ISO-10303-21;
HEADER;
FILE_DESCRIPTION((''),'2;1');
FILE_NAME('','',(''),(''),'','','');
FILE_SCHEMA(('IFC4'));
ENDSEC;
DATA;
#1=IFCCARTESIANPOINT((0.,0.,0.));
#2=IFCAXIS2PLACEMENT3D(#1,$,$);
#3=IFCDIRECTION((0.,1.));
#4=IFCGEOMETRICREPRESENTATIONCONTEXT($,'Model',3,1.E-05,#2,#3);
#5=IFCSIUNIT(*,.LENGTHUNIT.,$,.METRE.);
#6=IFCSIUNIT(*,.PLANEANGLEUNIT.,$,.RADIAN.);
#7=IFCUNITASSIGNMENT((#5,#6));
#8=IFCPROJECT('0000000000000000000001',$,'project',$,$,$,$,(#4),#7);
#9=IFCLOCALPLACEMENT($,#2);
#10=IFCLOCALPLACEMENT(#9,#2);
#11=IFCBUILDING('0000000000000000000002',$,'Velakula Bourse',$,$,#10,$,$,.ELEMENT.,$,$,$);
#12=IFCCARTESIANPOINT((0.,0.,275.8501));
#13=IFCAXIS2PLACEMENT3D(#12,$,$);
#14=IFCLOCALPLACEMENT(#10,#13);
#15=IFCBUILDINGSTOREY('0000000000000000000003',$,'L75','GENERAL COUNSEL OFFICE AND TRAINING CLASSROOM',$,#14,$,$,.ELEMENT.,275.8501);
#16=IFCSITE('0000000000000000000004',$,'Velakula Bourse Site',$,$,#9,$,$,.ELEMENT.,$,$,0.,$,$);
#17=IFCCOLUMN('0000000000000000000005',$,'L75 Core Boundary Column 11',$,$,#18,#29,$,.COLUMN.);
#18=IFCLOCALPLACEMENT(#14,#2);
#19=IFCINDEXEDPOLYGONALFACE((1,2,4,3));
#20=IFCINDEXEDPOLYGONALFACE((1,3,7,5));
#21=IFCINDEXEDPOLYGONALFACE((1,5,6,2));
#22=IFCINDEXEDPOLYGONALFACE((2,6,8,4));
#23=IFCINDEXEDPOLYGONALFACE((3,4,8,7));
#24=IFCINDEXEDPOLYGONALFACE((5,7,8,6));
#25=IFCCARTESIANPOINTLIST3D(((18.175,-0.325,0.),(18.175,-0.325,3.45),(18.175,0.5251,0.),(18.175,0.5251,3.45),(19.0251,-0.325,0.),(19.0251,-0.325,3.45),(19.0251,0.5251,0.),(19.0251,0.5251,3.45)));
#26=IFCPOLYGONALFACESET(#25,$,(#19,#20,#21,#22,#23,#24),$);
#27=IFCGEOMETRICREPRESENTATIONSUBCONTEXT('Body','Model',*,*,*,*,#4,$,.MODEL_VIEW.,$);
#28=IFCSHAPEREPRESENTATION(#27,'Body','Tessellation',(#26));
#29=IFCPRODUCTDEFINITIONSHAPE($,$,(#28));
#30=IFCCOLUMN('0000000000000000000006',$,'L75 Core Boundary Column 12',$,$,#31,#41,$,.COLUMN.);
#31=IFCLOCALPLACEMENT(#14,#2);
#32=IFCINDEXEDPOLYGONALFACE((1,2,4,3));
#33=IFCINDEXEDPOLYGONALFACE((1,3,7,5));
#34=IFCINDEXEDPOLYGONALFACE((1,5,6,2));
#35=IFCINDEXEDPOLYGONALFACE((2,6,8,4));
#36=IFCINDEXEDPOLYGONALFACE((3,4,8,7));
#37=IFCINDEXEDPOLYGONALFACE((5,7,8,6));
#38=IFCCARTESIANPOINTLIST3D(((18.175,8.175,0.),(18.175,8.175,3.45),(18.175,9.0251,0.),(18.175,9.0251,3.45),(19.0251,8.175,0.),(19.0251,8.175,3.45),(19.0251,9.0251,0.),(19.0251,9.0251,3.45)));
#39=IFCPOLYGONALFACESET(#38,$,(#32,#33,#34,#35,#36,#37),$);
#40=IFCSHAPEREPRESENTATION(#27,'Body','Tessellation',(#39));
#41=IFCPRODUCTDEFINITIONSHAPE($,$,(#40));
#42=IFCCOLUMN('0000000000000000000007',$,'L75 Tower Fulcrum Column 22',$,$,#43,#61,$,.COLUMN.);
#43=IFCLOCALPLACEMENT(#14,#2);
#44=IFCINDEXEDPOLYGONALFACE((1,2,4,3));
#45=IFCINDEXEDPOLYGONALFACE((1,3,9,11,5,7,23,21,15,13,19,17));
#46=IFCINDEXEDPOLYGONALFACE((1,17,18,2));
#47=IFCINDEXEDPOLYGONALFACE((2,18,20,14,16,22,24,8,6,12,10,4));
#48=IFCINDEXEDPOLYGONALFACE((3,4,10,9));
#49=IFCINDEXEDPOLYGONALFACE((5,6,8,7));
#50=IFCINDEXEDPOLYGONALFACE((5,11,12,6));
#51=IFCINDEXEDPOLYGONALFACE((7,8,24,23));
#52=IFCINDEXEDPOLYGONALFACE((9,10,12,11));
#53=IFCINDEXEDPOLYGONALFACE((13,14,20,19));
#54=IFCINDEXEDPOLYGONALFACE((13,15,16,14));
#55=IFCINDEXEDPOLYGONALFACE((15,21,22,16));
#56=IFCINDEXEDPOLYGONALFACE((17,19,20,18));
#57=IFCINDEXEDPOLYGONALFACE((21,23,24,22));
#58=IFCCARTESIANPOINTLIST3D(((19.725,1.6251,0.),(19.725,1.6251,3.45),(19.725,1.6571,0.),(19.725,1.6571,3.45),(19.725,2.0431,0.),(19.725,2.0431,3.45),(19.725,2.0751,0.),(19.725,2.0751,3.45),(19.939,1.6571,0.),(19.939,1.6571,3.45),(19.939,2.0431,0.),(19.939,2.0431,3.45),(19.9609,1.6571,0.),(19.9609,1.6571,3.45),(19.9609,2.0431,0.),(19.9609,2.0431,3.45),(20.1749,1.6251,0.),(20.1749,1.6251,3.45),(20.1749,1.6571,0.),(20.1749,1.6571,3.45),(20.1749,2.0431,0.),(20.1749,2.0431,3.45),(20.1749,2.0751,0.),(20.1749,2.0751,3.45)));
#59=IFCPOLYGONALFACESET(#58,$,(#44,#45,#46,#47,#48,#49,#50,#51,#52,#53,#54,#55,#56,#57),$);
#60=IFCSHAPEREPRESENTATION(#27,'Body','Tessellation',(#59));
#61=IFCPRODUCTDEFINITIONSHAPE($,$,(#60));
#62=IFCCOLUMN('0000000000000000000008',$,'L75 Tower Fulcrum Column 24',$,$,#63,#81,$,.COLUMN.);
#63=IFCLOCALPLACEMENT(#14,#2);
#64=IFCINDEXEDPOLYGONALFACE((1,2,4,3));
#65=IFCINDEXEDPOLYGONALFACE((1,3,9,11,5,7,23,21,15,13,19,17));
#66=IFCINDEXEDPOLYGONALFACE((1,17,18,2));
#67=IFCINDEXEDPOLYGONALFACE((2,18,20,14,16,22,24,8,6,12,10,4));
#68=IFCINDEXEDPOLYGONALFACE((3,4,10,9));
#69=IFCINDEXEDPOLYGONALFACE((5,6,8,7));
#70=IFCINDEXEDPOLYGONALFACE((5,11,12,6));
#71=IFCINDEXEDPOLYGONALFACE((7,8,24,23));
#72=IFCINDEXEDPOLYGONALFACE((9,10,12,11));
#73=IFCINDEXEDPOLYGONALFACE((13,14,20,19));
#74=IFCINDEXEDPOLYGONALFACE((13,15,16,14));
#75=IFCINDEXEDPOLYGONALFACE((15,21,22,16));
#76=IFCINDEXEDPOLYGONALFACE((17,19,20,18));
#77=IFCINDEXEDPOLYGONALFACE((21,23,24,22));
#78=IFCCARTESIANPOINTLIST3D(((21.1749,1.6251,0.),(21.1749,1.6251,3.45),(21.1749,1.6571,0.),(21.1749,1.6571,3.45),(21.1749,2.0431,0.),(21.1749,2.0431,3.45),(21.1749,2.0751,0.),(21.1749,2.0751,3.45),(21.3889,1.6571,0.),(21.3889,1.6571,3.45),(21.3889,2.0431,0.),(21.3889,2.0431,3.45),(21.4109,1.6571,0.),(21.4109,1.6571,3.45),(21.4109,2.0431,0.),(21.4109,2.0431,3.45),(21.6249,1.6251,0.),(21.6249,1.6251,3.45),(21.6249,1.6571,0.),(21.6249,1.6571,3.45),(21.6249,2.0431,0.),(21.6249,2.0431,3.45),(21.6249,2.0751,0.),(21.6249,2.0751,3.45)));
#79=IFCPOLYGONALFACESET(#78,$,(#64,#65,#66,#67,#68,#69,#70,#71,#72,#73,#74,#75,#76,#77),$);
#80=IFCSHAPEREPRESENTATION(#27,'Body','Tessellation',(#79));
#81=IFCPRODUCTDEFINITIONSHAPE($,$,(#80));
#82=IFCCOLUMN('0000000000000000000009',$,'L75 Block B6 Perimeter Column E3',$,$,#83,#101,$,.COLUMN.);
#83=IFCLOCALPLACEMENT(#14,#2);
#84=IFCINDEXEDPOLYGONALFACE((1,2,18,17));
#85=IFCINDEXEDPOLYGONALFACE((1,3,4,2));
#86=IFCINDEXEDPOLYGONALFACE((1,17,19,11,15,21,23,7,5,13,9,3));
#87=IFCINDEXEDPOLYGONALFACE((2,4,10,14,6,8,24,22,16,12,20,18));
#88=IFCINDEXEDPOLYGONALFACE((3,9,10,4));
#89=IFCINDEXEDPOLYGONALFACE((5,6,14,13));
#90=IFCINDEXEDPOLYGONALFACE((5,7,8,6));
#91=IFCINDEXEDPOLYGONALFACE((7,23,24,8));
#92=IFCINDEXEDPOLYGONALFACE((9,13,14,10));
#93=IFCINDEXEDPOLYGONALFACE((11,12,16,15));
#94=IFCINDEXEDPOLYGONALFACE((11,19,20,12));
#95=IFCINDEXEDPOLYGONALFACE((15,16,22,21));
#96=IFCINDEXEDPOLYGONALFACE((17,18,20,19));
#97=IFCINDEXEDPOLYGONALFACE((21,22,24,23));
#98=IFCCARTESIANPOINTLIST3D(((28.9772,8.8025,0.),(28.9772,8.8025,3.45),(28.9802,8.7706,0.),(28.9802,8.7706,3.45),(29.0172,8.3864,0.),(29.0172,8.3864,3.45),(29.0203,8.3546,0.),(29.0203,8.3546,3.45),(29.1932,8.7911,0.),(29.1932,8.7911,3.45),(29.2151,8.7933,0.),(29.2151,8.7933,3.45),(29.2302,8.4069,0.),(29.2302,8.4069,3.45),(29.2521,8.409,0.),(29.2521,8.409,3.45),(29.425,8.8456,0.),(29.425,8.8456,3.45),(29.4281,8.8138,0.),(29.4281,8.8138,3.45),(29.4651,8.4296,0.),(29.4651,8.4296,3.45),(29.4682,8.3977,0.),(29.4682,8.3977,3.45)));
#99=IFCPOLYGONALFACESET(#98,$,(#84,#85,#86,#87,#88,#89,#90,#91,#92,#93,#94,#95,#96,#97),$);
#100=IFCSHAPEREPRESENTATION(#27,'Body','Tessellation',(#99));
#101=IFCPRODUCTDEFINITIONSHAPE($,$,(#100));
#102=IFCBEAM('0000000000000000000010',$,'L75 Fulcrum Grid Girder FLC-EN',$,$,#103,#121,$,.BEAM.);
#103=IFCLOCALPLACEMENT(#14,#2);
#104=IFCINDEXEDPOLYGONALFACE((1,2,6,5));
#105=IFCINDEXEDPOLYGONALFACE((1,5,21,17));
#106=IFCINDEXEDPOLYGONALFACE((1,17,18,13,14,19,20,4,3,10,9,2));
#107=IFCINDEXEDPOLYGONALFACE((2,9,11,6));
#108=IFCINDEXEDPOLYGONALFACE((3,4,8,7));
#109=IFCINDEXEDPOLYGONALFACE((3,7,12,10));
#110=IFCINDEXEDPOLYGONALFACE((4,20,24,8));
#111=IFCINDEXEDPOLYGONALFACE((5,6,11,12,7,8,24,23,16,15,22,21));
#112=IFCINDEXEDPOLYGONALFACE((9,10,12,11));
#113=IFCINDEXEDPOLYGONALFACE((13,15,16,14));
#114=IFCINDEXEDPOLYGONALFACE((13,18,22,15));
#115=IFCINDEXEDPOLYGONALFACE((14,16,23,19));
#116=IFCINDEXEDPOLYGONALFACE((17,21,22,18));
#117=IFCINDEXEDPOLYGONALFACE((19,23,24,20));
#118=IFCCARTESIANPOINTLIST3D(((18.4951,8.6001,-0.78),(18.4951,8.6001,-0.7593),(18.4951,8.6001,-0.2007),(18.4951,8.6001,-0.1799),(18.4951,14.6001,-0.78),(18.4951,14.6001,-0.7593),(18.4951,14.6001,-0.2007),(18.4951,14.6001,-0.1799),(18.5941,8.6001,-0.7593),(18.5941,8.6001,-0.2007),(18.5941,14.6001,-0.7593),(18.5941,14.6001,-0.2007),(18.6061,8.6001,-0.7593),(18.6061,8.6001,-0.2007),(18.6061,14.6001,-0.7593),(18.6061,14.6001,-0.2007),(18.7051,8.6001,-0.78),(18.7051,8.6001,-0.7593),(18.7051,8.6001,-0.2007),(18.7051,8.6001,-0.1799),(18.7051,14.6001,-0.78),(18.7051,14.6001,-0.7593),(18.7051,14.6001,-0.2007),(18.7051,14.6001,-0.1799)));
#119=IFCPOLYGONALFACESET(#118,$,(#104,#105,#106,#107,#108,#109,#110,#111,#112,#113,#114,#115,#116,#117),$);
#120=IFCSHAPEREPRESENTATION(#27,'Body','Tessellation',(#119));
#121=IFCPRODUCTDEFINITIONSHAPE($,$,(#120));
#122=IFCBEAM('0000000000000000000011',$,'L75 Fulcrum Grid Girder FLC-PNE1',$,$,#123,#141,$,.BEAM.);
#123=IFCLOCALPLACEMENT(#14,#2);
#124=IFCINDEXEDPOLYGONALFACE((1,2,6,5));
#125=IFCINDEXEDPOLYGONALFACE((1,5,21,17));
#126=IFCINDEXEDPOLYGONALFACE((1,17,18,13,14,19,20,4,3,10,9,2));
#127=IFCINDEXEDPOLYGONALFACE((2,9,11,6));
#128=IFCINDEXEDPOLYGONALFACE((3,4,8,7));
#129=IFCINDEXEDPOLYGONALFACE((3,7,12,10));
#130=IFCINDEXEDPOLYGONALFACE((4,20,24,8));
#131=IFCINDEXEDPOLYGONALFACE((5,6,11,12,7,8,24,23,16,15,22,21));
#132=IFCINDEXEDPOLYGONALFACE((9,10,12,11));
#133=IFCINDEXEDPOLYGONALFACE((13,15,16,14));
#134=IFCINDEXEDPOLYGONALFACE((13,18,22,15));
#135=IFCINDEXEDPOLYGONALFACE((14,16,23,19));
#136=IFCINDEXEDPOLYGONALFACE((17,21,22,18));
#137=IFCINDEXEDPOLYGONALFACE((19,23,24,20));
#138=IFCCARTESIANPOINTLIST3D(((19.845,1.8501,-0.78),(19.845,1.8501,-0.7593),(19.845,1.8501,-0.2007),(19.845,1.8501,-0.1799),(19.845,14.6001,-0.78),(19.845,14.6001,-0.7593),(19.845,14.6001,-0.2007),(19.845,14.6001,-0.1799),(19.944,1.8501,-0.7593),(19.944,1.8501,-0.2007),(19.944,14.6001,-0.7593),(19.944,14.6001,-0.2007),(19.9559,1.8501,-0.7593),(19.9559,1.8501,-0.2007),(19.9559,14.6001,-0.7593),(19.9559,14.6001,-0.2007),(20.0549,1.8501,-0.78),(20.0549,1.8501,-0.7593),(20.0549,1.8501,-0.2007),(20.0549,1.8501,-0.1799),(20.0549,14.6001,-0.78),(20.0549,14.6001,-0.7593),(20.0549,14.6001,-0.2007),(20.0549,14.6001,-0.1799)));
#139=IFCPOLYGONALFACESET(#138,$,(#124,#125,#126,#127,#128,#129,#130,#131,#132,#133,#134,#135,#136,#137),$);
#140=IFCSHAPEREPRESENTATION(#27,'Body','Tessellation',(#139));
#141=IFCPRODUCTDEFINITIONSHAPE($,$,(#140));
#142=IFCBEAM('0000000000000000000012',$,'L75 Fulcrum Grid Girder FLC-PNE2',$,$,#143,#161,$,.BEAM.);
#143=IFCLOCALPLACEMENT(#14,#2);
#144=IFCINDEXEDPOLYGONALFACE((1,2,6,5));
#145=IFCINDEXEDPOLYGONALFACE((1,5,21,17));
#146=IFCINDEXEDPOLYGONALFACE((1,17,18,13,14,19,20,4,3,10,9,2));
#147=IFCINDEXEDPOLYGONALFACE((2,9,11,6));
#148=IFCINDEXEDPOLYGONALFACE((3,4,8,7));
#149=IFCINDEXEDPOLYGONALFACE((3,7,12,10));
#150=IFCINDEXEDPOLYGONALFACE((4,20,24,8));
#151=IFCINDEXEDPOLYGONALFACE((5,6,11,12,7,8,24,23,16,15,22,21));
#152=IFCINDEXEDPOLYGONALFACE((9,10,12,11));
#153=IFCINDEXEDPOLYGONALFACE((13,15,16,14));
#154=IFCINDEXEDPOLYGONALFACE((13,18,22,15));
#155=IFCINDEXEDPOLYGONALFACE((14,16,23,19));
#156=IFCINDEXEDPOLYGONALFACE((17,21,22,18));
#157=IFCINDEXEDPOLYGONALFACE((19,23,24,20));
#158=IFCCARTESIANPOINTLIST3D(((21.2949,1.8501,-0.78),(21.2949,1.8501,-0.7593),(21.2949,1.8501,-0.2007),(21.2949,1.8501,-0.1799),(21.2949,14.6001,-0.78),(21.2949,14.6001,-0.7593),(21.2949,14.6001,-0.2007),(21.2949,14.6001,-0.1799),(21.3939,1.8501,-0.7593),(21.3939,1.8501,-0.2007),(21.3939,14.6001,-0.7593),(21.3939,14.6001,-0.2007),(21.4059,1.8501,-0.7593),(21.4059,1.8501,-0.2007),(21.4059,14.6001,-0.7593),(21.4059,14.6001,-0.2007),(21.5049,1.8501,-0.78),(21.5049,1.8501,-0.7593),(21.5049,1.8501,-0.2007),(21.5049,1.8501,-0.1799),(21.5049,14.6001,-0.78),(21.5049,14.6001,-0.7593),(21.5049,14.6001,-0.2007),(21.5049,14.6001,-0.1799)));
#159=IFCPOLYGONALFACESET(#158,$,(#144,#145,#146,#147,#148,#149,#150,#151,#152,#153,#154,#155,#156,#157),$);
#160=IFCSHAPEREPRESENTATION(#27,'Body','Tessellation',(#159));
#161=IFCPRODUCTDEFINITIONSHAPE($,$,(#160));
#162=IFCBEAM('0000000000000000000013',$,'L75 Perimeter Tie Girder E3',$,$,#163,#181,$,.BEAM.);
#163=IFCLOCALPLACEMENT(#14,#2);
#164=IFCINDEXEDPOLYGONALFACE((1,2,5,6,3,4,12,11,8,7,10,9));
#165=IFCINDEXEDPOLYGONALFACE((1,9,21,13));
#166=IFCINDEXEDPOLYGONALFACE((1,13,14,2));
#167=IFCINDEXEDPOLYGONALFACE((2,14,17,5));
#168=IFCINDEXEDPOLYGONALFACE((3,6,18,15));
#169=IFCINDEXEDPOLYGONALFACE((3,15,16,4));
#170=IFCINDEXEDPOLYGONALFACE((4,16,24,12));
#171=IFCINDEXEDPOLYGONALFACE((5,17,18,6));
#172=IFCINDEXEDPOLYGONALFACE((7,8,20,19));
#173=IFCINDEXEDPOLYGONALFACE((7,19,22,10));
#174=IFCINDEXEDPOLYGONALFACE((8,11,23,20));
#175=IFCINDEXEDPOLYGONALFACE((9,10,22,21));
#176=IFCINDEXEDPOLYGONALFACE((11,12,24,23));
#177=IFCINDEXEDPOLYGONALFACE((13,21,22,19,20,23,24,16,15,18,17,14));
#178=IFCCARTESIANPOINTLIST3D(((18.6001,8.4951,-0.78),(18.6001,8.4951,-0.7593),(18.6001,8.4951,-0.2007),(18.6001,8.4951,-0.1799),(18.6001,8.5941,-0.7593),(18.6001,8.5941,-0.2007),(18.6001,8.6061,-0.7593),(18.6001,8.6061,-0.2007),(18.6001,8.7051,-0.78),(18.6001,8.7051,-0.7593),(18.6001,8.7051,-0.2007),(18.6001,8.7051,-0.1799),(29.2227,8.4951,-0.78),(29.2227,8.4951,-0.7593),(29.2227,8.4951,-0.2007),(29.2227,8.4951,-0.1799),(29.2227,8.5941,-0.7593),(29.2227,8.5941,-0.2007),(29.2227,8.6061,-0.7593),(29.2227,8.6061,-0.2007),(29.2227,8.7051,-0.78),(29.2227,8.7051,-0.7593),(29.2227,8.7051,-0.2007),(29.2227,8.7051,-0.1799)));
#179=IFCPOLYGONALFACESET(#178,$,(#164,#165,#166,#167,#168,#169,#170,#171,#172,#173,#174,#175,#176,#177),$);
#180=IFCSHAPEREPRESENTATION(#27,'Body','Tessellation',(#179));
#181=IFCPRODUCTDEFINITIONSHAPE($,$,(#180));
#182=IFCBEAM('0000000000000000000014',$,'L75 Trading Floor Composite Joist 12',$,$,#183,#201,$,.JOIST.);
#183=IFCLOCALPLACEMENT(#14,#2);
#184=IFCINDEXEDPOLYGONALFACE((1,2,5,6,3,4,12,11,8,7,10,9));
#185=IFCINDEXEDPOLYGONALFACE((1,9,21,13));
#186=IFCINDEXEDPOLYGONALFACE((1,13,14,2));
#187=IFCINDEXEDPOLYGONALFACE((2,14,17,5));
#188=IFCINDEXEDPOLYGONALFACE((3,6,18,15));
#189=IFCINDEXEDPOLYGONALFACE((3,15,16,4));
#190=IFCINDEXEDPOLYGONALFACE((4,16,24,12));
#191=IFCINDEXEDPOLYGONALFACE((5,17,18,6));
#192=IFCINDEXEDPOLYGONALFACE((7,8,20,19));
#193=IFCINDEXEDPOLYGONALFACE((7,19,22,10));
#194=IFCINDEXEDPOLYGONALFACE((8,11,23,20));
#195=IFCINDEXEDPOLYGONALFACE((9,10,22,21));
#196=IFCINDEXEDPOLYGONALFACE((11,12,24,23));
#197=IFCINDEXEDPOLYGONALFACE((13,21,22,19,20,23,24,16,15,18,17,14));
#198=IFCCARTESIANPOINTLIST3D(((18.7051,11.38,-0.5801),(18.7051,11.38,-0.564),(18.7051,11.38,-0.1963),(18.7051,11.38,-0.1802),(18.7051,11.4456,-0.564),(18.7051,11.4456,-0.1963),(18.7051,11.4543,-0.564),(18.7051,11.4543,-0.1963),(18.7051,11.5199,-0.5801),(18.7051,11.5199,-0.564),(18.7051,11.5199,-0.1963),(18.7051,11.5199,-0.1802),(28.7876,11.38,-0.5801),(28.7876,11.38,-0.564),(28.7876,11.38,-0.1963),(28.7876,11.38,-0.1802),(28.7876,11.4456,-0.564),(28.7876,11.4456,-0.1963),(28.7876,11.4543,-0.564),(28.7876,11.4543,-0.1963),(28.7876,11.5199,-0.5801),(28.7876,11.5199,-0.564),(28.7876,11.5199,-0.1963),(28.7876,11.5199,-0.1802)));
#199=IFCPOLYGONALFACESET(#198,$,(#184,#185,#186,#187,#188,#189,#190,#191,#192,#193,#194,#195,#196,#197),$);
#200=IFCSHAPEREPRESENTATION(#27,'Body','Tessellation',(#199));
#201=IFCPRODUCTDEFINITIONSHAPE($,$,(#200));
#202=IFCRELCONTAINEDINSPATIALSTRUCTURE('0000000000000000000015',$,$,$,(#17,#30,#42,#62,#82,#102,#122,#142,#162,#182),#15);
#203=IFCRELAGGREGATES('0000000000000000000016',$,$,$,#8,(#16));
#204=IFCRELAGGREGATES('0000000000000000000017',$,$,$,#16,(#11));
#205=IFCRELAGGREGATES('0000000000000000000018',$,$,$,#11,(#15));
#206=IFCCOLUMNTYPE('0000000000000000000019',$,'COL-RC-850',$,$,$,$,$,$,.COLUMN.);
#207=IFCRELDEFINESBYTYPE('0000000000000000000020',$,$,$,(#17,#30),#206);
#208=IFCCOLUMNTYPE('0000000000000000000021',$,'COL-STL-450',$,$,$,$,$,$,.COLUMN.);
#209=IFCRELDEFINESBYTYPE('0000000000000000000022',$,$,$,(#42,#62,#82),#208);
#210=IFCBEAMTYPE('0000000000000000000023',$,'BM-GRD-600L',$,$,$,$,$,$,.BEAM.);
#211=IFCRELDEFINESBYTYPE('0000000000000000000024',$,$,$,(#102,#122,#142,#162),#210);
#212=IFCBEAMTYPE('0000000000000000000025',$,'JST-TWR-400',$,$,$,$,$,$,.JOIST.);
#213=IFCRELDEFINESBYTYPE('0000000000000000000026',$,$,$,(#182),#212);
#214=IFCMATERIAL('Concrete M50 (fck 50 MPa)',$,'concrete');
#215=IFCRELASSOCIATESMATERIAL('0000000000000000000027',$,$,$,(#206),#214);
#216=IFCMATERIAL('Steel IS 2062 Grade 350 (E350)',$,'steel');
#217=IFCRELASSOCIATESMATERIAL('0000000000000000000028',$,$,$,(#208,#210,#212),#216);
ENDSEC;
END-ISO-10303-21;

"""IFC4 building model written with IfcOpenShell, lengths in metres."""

from ifc_helpers import new_model, si_unit, direction, frame, origin, origin_2d, place, context, subcontext, project, spatial, rectangle, i_section, extrude, material, material_profile, profile_set, type_object, element, save


model = new_model("IFC4")

# Units and contexts
model_context = context("Model", 3, precision=1e-05, world=origin(), true_north=direction((0.0, 1.0)))
body_context = subcontext(model_context, "Body", "Model", "MODEL_VIEW")
ifc_project = project(units=[si_unit("LENGTHUNIT", "METRE"), si_unit("PLANEANGLEUNIT", "RADIAN")], contexts=[model_context])

# Site, building, storey
site_placement = place(None, origin())
site = spatial("IfcSite", under=ifc_project, at=site_placement, Name="Velakula Bourse Site", CompositionType="ELEMENT", RefElevation=0.0)
building_placement = place(site_placement, origin())
building = spatial("IfcBuilding", under=site, at=building_placement, Name="Velakula Bourse", CompositionType="ELEMENT")
storey_placement = place(building_placement, frame((0.0, 0.0, 275.8501)))
storey = spatial("IfcBuildingStorey", under=building, at=storey_placement, Name="L75", Description="GENERAL COUNSEL OFFICE AND TRAINING CLASSROOM", CompositionType="ELEMENT", Elevation=275.8501)

# Columns
ifc_material_1 = material(Name="Concrete M50 (fck 50 MPa)", Category="concrete")
ifc_material_profile_1 = material_profile(ifc_material_1, rectangle(XDim=0.8501, YDim=0.8501, at=origin_2d()), Name="Concrete M50 (fck 50 MPa)")
ifc_profile_set_1 = profile_set([ifc_material_profile_1], Name="Concrete M50 (fck 50 MPa)")
column_type_1 = type_object("IfcColumnType", Name="COL-RC-850", PredefinedType="COLUMN", material=ifc_profile_set_1)
for number, where, z_axis, x_axis, name in (
    (1, (18.6001, 0.1001, 0.0), (0.0, 0.0, 1.0), (1.0, 0.0, 0.0), "L75 Core Boundary Column 11"),
    (2, (18.6001, 8.6001, 0.0), (0.0, 0.0, 1.0), (1.0, 0.0, 0.0), "L75 Core Boundary Column 12"),
):
    element("IfcColumn", number, at=place(storey_placement, frame(where, z_axis=z_axis, x_axis=x_axis)), inside=storey, type_object=column_type_1, Name=name, PredefinedType="COLUMN", context=body_context, shape_type="SweptSolid", body=[
        extrude(rectangle(XDim=0.8501, YDim=0.8501, at=origin_2d()), origin(), (0.0, 0.0, 1.0), 3.45),
    ])
ifc_material_2 = material(Name="Steel IS 2062 Grade 350 (E350)", Category="steel")
ifc_material_profile_2 = material_profile(ifc_material_2, i_section(OverallWidth=0.45, OverallDepth=0.45, WebThickness=0.022, FlangeThickness=0.032, at=origin_2d()), Name="Steel IS 2062 Grade 350 (E350)")
ifc_profile_set_2 = profile_set([ifc_material_profile_2], Name="Steel IS 2062 Grade 350 (E350)")
column_type_2 = type_object("IfcColumnType", Name="COL-STL-450", PredefinedType="COLUMN", material=ifc_profile_set_2)
for number, where, z_axis, x_axis, name in (
    (3, (19.95, 1.8501, 0.0), (0.0, 0.0, 1.0), (1.0, 0.0, 0.0), "L75 Tower Fulcrum Column 22"),
    (4, (21.3999, 1.8501, 0.0), (0.0, 0.0, 1.0), (1.0, 0.0, 0.0), "L75 Tower Fulcrum Column 24"),
    (5, (29.2227, 8.6001, 0.0), (0.0, 0.0, 1.0), (0.995396, 0.095846, 0.0), "L75 Block B6 Perimeter Column E3"),
):
    element("IfcColumn", number, at=place(storey_placement, frame(where, z_axis=z_axis, x_axis=x_axis)), inside=storey, type_object=column_type_2, Name=name, PredefinedType="COLUMN", context=body_context, shape_type="SweptSolid", body=[
        extrude(i_section(OverallWidth=0.45, OverallDepth=0.45, WebThickness=0.022, FlangeThickness=0.032, at=origin_2d()), origin(), (0.0, 0.0, 1.0), 3.45),
    ])

# Beams
ifc_material_profile_3 = material_profile(ifc_material_2, i_section(OverallWidth=0.21, OverallDepth=0.6001, WebThickness=0.012, FlangeThickness=0.0208, at=origin_2d()), Name="Steel IS 2062 Grade 350 (E350)")
ifc_profile_set_3 = profile_set([ifc_material_profile_3], Name="Steel IS 2062 Grade 350 (E350)")
beam_type_1 = type_object("IfcBeamType", Name="BM-GRD-600L", PredefinedType="BEAM", material=ifc_profile_set_3)
beam_1_placement = place(storey_placement, frame((18.6001, 8.6001, -0.48), z_axis=(0.0, 1.0, 0.0), x_axis=(-1.0, 0.0, 0.0)))
element("IfcBeam", 6, at=beam_1_placement, inside=storey, type_object=beam_type_1, Name="L75 Fulcrum Grid Girder FLC-EN", PredefinedType="BEAM", context=body_context, shape_type="SweptSolid", body=[
    extrude(i_section(OverallWidth=0.21, OverallDepth=0.6001, WebThickness=0.012, FlangeThickness=0.0208, at=origin_2d()), origin(), (0.0, 0.0, 1.0), 6.0),
])
for number, where, z_axis, x_axis, name in (
    (7, (19.95, 1.8501, -0.48), (0.0, 1.0, 0.0), (-1.0, 0.0, 0.0), "L75 Fulcrum Grid Girder FLC-PNE1"),
    (8, (21.3999, 1.8501, -0.48), (0.0, 1.0, 0.0), (-1.0, 0.0, 0.0), "L75 Fulcrum Grid Girder FLC-PNE2"),
):
    element("IfcBeam", number, at=place(storey_placement, frame(where, z_axis=z_axis, x_axis=x_axis)), inside=storey, type_object=beam_type_1, Name=name, PredefinedType="BEAM", context=body_context, shape_type="SweptSolid", body=[
        extrude(i_section(OverallWidth=0.21, OverallDepth=0.6001, WebThickness=0.012, FlangeThickness=0.0208, at=origin_2d()), origin(), (0.0, 0.0, 1.0), 12.75),
    ])
beam_2_placement = place(storey_placement, frame((18.6001, 8.6001, -0.48), z_axis=(1.0, 0.0, 0.0), x_axis=(0.0, 1.0, 0.0)))
element("IfcBeam", 9, at=beam_2_placement, inside=storey, type_object=beam_type_1, Name="L75 Perimeter Tie Girder E3", PredefinedType="BEAM", context=body_context, shape_type="SweptSolid", body=[
    extrude(i_section(OverallWidth=0.21, OverallDepth=0.6001, WebThickness=0.012, FlangeThickness=0.0208, at=origin_2d()), origin(), (0.0, 0.0, 1.0), 10.6226),
])
ifc_material_profile_4 = material_profile(ifc_material_2, i_section(OverallWidth=0.1399, OverallDepth=0.3999, WebThickness=0.0088, FlangeThickness=0.0161, at=origin_2d()), Name="Steel IS 2062 Grade 350 (E350)")
ifc_profile_set_4 = profile_set([ifc_material_profile_4], Name="Steel IS 2062 Grade 350 (E350)")
beam_type_2 = type_object("IfcBeamType", Name="JST-TWR-400", PredefinedType="JOIST", material=ifc_profile_set_4)
beam_3_placement = place(storey_placement, frame((18.7051, 11.45, -0.3801), z_axis=(1.0, 0.0, 0.0), x_axis=(0.0, 1.0, 0.0)))
element("IfcBeam", 10, at=beam_3_placement, inside=storey, type_object=beam_type_2, Name="L75 Trading Floor Composite Joist 12", PredefinedType="JOIST", context=body_context, shape_type="SweptSolid", body=[
    extrude(i_section(OverallWidth=0.1399, OverallDepth=0.3999, WebThickness=0.0088, FlangeThickness=0.0161, at=origin_2d()), origin(), (0.0, 0.0, 1.0), 10.0825),
])

save(model, "model.ifc")
